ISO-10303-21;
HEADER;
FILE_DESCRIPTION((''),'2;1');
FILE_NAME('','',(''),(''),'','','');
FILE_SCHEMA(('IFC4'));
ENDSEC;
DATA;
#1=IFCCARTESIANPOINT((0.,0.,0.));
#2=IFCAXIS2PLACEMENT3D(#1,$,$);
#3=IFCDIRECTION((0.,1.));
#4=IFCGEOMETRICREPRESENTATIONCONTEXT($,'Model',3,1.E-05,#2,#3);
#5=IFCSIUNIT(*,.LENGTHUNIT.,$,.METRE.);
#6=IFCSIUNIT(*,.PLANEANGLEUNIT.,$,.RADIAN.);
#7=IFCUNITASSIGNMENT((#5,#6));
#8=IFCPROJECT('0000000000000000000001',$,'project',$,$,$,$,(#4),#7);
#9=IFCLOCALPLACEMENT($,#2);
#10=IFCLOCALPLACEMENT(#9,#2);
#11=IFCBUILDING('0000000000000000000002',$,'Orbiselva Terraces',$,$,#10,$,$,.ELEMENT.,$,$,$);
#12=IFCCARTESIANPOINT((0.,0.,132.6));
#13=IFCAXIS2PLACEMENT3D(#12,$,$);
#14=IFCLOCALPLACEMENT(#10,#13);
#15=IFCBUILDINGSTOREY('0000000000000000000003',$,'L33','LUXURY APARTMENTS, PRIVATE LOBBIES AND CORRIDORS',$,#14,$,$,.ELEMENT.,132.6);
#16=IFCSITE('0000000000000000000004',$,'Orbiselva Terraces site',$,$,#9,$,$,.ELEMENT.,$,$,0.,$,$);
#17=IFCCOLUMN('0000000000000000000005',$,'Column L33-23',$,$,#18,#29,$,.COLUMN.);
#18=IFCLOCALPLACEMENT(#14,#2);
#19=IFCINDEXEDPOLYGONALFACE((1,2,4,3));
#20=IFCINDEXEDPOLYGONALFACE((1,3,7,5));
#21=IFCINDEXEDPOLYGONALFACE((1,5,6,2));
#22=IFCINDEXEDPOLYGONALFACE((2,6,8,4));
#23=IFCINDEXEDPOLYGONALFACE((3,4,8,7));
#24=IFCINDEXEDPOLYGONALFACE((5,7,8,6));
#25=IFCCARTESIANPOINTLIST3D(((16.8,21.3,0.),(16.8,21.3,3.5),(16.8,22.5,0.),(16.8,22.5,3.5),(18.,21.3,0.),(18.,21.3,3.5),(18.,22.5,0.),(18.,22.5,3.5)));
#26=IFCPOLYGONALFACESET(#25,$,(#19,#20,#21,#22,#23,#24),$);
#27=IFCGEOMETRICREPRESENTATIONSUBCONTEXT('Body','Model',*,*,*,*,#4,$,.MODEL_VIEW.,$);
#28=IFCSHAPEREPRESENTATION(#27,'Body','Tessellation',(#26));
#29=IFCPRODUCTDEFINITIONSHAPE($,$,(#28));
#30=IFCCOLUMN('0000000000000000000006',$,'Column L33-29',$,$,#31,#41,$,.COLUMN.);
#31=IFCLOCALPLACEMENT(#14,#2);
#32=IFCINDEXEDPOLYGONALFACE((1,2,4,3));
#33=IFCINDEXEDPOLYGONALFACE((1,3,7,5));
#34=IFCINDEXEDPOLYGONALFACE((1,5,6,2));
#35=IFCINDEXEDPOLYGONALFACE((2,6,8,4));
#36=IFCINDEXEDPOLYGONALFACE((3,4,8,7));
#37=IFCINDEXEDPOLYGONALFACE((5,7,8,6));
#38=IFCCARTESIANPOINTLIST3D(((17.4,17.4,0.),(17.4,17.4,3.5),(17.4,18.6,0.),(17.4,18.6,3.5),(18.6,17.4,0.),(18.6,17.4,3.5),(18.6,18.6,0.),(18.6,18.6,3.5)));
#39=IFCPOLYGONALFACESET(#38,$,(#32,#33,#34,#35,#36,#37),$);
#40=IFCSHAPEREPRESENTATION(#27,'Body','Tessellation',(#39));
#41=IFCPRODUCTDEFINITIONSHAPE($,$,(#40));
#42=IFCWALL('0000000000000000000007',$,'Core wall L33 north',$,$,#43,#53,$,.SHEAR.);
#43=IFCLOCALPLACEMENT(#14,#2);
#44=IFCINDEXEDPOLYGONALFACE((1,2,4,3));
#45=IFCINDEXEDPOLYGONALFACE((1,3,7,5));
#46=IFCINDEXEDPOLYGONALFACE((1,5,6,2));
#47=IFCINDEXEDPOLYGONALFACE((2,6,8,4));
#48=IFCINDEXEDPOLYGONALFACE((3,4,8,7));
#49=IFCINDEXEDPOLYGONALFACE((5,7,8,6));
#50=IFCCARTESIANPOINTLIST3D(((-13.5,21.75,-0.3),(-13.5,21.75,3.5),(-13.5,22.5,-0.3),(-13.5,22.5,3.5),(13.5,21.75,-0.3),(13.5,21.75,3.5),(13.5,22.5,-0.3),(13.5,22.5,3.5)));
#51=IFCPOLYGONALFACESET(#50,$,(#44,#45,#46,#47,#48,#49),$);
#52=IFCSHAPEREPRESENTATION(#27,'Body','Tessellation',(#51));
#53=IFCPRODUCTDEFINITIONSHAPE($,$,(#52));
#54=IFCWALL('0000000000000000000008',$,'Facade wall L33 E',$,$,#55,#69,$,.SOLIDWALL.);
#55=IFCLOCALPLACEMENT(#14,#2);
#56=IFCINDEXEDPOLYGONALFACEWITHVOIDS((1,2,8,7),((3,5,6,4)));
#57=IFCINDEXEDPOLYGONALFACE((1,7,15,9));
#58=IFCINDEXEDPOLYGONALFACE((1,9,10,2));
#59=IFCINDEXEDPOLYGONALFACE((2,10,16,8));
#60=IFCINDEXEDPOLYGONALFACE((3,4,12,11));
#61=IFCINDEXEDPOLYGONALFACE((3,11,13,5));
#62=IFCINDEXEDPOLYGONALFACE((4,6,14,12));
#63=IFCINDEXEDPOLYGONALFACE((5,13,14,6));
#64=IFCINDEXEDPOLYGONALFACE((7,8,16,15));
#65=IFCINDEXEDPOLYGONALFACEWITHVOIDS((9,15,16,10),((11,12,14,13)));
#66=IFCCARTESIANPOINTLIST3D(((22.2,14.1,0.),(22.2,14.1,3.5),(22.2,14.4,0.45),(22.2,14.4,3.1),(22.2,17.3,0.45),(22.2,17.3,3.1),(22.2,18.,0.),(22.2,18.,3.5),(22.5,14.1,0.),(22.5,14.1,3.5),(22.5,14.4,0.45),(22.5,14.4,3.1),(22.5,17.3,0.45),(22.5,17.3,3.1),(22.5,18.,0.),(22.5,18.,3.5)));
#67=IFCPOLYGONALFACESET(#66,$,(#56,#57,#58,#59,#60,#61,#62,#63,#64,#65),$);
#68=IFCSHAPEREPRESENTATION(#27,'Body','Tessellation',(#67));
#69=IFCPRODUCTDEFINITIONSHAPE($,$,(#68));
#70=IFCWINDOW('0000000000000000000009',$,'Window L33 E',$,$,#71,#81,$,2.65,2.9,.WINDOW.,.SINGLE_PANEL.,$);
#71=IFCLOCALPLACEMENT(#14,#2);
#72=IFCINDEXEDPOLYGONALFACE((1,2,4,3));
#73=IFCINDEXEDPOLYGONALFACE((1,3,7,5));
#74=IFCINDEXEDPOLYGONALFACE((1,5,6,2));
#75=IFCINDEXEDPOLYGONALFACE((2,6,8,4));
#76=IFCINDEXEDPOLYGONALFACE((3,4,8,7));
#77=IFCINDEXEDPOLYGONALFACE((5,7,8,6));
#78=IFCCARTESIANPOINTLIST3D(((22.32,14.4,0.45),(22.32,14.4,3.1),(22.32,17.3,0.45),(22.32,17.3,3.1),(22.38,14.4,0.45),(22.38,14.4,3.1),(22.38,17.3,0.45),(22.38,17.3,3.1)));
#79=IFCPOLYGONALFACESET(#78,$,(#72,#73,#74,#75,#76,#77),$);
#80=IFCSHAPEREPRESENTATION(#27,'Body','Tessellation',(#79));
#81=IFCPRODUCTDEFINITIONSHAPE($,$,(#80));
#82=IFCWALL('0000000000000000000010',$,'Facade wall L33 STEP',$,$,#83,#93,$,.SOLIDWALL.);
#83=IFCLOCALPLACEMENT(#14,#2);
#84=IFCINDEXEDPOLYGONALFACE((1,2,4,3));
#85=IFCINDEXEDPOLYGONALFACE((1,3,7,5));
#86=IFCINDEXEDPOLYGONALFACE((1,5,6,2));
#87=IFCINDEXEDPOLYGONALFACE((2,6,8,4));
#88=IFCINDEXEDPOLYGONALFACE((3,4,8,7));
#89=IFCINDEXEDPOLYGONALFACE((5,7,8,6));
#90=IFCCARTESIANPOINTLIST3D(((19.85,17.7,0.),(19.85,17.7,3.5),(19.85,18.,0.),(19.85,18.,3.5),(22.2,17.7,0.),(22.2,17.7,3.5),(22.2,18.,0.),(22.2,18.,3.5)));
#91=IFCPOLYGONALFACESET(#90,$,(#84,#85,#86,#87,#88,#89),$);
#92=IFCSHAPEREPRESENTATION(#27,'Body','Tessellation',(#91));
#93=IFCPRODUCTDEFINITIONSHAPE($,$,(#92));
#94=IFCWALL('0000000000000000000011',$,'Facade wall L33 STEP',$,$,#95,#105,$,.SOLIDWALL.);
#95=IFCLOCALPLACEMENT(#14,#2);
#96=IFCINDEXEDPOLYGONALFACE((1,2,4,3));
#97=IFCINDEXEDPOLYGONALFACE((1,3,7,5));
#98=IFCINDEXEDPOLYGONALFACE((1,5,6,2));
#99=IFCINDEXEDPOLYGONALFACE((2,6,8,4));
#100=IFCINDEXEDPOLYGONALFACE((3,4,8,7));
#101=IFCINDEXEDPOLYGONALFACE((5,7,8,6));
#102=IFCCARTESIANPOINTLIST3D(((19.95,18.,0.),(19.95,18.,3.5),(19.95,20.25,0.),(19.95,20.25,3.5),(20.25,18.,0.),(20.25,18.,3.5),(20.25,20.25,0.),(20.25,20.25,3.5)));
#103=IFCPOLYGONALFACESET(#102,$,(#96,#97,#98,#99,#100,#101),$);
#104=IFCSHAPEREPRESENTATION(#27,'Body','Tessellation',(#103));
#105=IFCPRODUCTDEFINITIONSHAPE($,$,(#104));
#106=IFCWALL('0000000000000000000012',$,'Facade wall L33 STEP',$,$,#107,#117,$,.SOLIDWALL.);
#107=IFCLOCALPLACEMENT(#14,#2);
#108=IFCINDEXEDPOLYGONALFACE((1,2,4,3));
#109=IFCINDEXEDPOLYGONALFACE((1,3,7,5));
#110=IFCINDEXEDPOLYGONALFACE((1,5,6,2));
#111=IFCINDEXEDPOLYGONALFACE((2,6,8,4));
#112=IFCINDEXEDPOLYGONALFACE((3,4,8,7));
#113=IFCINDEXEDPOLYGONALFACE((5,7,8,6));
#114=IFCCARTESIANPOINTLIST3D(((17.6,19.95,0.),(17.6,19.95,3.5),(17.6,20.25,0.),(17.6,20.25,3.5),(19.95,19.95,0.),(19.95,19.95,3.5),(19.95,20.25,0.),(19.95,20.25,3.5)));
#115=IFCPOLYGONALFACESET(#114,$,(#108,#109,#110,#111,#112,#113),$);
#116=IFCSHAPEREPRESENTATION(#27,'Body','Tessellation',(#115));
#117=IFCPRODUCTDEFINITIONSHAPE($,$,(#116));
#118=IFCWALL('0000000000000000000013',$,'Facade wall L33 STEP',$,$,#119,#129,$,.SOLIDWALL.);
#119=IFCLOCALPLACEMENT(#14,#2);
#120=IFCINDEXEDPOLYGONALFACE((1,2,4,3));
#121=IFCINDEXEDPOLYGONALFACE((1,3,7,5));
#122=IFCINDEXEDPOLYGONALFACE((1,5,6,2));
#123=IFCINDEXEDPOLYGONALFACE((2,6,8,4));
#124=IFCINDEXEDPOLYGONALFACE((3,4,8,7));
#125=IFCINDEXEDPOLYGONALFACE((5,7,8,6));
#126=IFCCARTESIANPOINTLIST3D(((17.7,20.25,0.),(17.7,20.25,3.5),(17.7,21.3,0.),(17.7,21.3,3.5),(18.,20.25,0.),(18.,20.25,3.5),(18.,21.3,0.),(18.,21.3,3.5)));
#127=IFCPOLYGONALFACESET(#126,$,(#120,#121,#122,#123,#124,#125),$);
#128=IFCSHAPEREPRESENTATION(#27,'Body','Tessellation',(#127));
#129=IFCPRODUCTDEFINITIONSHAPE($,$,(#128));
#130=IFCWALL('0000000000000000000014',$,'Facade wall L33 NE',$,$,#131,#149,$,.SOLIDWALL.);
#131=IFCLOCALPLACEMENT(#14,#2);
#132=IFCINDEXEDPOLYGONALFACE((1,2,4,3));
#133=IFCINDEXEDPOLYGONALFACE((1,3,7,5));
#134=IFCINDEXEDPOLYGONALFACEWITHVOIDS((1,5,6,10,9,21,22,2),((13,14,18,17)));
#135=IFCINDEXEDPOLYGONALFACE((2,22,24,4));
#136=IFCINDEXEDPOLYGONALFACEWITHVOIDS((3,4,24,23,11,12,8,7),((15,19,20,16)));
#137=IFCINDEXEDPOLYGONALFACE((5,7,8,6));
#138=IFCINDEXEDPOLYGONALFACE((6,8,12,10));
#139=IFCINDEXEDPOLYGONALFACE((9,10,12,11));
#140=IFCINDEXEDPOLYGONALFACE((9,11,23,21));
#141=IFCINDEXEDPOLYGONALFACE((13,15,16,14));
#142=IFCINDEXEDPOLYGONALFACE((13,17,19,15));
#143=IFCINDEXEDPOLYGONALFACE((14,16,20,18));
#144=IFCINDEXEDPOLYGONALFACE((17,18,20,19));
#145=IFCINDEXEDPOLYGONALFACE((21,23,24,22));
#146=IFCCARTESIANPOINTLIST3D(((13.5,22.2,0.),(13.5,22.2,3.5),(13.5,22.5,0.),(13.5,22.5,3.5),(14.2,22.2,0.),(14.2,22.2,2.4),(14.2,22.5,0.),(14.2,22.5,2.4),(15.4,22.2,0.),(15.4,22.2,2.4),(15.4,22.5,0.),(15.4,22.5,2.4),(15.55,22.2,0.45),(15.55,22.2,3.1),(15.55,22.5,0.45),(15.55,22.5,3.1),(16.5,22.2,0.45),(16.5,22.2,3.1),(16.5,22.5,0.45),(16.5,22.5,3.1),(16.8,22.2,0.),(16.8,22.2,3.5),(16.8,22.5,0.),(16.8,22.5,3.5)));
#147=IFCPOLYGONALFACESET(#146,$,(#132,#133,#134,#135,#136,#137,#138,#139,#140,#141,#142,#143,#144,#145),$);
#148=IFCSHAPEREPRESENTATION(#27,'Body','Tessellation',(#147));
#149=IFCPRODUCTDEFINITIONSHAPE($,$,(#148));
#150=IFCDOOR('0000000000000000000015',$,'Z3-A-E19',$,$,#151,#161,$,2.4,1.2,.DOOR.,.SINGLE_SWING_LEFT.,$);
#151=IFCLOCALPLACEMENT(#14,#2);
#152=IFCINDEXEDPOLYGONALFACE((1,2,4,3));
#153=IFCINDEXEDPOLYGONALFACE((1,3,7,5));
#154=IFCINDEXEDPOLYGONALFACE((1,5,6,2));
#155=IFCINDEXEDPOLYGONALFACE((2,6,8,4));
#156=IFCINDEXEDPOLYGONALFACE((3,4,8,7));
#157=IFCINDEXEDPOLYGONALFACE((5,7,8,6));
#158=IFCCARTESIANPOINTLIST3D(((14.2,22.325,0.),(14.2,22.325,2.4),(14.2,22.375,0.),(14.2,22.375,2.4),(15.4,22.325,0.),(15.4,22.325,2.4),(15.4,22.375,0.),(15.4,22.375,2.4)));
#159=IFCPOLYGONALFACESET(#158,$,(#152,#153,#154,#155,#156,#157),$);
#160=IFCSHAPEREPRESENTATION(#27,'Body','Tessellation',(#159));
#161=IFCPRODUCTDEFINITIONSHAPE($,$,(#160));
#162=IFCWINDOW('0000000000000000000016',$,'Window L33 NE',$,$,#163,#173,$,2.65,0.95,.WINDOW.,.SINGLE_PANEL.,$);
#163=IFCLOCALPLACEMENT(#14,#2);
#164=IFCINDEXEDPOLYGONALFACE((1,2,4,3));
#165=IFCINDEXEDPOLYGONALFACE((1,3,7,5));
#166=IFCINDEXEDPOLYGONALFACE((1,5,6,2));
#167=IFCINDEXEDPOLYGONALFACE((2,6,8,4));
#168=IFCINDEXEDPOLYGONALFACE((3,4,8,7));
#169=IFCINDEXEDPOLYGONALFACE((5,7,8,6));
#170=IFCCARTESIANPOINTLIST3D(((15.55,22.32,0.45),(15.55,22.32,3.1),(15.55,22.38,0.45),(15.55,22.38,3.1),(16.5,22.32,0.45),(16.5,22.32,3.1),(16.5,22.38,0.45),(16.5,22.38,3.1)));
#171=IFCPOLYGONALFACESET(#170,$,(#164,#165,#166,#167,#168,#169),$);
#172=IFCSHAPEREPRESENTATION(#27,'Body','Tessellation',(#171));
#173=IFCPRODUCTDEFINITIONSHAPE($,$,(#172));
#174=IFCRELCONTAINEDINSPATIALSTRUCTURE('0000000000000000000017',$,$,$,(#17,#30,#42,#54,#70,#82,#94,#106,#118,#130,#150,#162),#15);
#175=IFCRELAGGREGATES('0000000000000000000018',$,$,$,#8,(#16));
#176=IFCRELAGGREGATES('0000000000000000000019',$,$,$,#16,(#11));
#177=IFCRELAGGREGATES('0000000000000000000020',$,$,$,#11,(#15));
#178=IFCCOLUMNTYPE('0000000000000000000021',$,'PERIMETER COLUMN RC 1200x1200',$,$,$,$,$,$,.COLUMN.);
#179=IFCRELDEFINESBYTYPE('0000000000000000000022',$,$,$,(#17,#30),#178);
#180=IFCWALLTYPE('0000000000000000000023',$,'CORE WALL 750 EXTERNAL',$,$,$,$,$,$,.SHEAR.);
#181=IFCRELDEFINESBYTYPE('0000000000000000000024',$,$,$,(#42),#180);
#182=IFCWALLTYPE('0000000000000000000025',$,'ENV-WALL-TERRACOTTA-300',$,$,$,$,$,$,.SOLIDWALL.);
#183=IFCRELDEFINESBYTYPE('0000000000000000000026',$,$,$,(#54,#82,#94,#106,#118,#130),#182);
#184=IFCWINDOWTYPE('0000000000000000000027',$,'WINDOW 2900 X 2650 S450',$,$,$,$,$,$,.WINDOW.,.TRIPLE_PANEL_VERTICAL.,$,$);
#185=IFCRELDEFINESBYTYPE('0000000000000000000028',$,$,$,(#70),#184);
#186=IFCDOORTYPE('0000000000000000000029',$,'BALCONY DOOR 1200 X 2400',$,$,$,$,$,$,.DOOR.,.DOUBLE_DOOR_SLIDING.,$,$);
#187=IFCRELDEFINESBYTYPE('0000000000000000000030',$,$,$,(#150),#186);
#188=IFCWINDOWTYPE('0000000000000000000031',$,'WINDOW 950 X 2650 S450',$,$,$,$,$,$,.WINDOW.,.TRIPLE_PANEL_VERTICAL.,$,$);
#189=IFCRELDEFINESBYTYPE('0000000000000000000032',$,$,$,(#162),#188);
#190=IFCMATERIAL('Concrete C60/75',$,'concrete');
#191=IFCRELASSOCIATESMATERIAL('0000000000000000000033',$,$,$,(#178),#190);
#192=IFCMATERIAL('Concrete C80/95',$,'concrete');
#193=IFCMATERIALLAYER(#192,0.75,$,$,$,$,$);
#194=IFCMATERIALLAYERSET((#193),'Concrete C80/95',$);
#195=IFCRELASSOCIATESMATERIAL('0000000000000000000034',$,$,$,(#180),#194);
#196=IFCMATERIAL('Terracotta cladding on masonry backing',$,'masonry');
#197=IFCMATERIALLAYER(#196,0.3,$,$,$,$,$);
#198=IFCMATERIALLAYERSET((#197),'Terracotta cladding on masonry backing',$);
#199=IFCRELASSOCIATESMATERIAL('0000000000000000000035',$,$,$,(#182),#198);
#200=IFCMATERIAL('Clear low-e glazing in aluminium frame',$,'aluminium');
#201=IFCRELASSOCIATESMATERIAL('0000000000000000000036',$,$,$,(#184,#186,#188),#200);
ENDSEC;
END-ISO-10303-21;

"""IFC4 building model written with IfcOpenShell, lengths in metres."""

from ifc_helpers import new_model, si_unit, direction, frame, frame_2d, origin, origin_2d, place, context, subcontext, project, spatial, rectangle, extrude, material, layer, layer_set, material_profile, profile_set, type_object, element, fill, save


model = new_model("IFC4")

# Units and contexts
model_context = context("Model", 3, precision=1e-05, world=origin(), true_north=direction((0.0, 1.0)))
body_context = subcontext(model_context, "Body", "Model", "MODEL_VIEW")
ifc_project = project(units=[si_unit("LENGTHUNIT", "METRE"), si_unit("PLANEANGLEUNIT", "RADIAN")], contexts=[model_context])

# Site, building, storey
site_placement = place(None, origin())
site = spatial("IfcSite", under=ifc_project, at=site_placement, Name="Orbiselva Terraces site", CompositionType="ELEMENT", RefElevation=0.0)
building_placement = place(site_placement, origin())
building = spatial("IfcBuilding", under=site, at=building_placement, Name="Orbiselva Terraces", CompositionType="ELEMENT")
storey_placement = place(building_placement, frame((0.0, 0.0, 132.6)))
storey = spatial("IfcBuildingStorey", under=building, at=storey_placement, Name="L33", Description="LUXURY APARTMENTS, PRIVATE LOBBIES AND CORRIDORS", CompositionType="ELEMENT", Elevation=132.6)

# Columns
ifc_material_1 = material(Name="Concrete C60/75", Category="concrete")
ifc_material_profile = material_profile(ifc_material_1, rectangle(XDim=1.2, YDim=1.2, at=origin_2d()), Name="RC 1200x1200")
ifc_profile_set = profile_set([ifc_material_profile], Name="Concrete C60/75")
column_type = type_object("IfcColumnType", Name="PERIMETER COLUMN RC 1200x1200", PredefinedType="COLUMN", material=ifc_profile_set)
for number, where, z_axis, x_axis, name in (
    (1, (17.4, 21.9, 0.0), (0.0, 0.0, 1.0), (1.0, 0.0, 0.0), "Column L33-23"),
    (2, (18.0, 18.0, 0.0), (0.0, 0.0, 1.0), (1.0, 0.0, 0.0), "Column L33-29"),
):
    element("IfcColumn", number, at=place(storey_placement, frame(where, z_axis=z_axis, x_axis=x_axis)), inside=storey, type_object=column_type, Name=name, PredefinedType="COLUMN", context=body_context, shape_type="SweptSolid", body=[
        extrude(rectangle(XDim=1.2, YDim=1.2, at=origin_2d()), origin(), (0.0, 0.0, 1.0), 3.5),
    ])

# Wall
ifc_material_2 = material(Name="Concrete C80/95", Category="concrete")
ifc_layer_1 = layer(ifc_material_2, 0.75)
ifc_layer_set_1 = layer_set([ifc_layer_1], Name="Concrete C80/95")
wall_type_1 = type_object("IfcWallType", Name="CORE WALL 750 EXTERNAL", PredefinedType="SHEAR", material=ifc_layer_set_1)
wall_1_placement = place(storey_placement, frame((13.5, 22.125, -0.3), z_axis=(0.0, 0.0, 1.0), x_axis=(-1.0, 0.0, 0.0)))
element("IfcWall", 3, at=wall_1_placement, inside=storey, type_object=wall_type_1, Name="Core wall L33 north", PredefinedType="SHEAR", context=body_context, shape_type="SweptSolid", body=[
    extrude(rectangle(XDim=27.0, YDim=0.75, at=frame_2d((13.5, 0.0))), origin(), (0.0, 0.0, 1.0), 3.8),
])

# Wall, opening, window
ifc_material_3 = material(Name="Terracotta cladding on masonry backing", Category="masonry")
ifc_layer_2 = layer(ifc_material_3, 0.3)
ifc_layer_set_2 = layer_set([ifc_layer_2], Name="Terracotta cladding on masonry backing")
wall_type_2 = type_object("IfcWallType", Name="ENV-WALL-TERRACOTTA-300", PredefinedType="SOLIDWALL", material=ifc_layer_set_2)
wall_2_placement = place(storey_placement, frame((22.35, 18.0, 0.0), z_axis=(0.0, 0.0, 1.0), x_axis=(0.0, -1.0, 0.0)))
wall_2 = element("IfcWall", 4, at=wall_2_placement, inside=storey, type_object=wall_type_2, Name="Facade wall L33 E", PredefinedType="SOLIDWALL", context=body_context, shape_type="SweptSolid", body=[
    extrude(rectangle(XDim=3.9, YDim=0.3, at=frame_2d((1.95, 0.0))), origin(), (0.0, 0.0, 1.0), 3.5),
])
opening_1_placement = place(wall_2_placement, frame((0.7, 0.0, 0.45)))
opening_1 = element("IfcOpeningElement", 5, at=opening_1_placement, cuts=wall_2, PredefinedType="OPENING", context=body_context, shape_type="SweptSolid", body=[
    extrude(rectangle(XDim=2.9, YDim=2.65, at=frame_2d((1.45, 1.325))), frame((0.0, 0.16, 0.0), z_axis=(0.0, -1.0, 0.0), x_axis=(1.0, 0.0, 0.0)), (0.0, 0.0, 1.0), 0.32),
])
ifc_material_4 = material(Name="Clear low-e glazing in aluminium frame", Category="aluminium")
window_type_1 = type_object("IfcWindowType", Name="WINDOW 2900 X 2650 S450", PartitioningType="TRIPLE_PANEL_VERTICAL", PredefinedType="WINDOW", material=ifc_material_4)
window_1_placement = place(opening_1_placement, origin())
window_1 = element("IfcWindow", 6, at=window_1_placement, inside=storey, type_object=window_type_1, Name="Window L33 E", OverallHeight=2.65, OverallWidth=2.9, PartitioningType="SINGLE_PANEL", PredefinedType="WINDOW", context=body_context, shape_type="SweptSolid", body=[
    extrude(rectangle(XDim=2.9, YDim=2.65, at=frame_2d((1.45, 1.325))), frame((0.0, 0.03, 0.0), z_axis=(0.0, -1.0, 0.0), x_axis=(1.0, 0.0, 0.0)), (0.0, 0.0, 1.0), 0.06),
])
fill(opening_1, window_1)

# Walls
wall_3_placement = place(storey_placement, frame((19.85, 17.85, 0.0), z_axis=(0.0, 0.0, 1.0), x_axis=(1.0, 0.0, 0.0)))
element("IfcWall", 7, at=wall_3_placement, inside=storey, type_object=wall_type_2, Name="Facade wall L33 STEP", PredefinedType="SOLIDWALL", context=body_context, shape_type="SweptSolid", body=[
    extrude(rectangle(XDim=2.35, YDim=0.3, at=frame_2d((1.175, 0.0))), origin(), (0.0, 0.0, 1.0), 3.5),
])
wall_4_placement = place(storey_placement, frame((20.1, 20.25, 0.0), z_axis=(0.0, 0.0, 1.0), x_axis=(0.0, -1.0, 0.0)))
element("IfcWall", 8, at=wall_4_placement, inside=storey, type_object=wall_type_2, Name="Facade wall L33 STEP", PredefinedType="SOLIDWALL", context=body_context, shape_type="SweptSolid", body=[
    extrude(rectangle(XDim=2.25, YDim=0.3, at=frame_2d((1.125, 0.0))), origin(), (0.0, 0.0, 1.0), 3.5),
])
wall_5_placement = place(storey_placement, frame((17.6, 20.1, 0.0), z_axis=(0.0, 0.0, 1.0), x_axis=(1.0, 0.0, 0.0)))
element("IfcWall", 9, at=wall_5_placement, inside=storey, type_object=wall_type_2, Name="Facade wall L33 STEP", PredefinedType="SOLIDWALL", context=body_context, shape_type="SweptSolid", body=[
    extrude(rectangle(XDim=2.35, YDim=0.3, at=frame_2d((1.175, 0.0))), origin(), (0.0, 0.0, 1.0), 3.5),
])
wall_6_placement = place(storey_placement, frame((17.85, 21.3, 0.0), z_axis=(0.0, 0.0, 1.0), x_axis=(0.0, -1.0, 0.0)))
element("IfcWall", 10, at=wall_6_placement, inside=storey, type_object=wall_type_2, Name="Facade wall L33 STEP", PredefinedType="SOLIDWALL", context=body_context, shape_type="SweptSolid", body=[
    extrude(rectangle(XDim=1.05, YDim=0.3, at=frame_2d((0.525, 0.0))), origin(), (0.0, 0.0, 1.0), 3.5),
])

# Wall, openings, door, window
wall_7_placement = place(storey_placement, frame((13.5, 22.35, 0.0), z_axis=(0.0, 0.0, 1.0), x_axis=(1.0, 0.0, 0.0)))
wall_7 = element("IfcWall", 11, at=wall_7_placement, inside=storey, type_object=wall_type_2, Name="Facade wall L33 NE", PredefinedType="SOLIDWALL", context=body_context, shape_type="SweptSolid", body=[
    extrude(rectangle(XDim=3.3, YDim=0.3, at=frame_2d((1.65, 0.0))), origin(), (0.0, 0.0, 1.0), 3.5),
])
opening_2_placement = place(wall_7_placement, frame((2.05, 0.0, 0.45)))
opening_2 = element("IfcOpeningElement", 12, at=opening_2_placement, cuts=wall_7, PredefinedType="OPENING", context=body_context, shape_type="SweptSolid", body=[
    extrude(rectangle(XDim=0.95, YDim=2.65, at=frame_2d((0.475, 1.325))), frame((0.0, 0.16, 0.0), z_axis=(0.0, -1.0, 0.0), x_axis=(1.0, 0.0, 0.0)), (0.0, 0.0, 1.0), 0.32),
])
opening_3_placement = place(wall_7_placement, frame((0.7, 0.0, 0.0)))
opening_3 = element("IfcOpeningElement", 13, at=opening_3_placement, cuts=wall_7, PredefinedType="OPENING", context=body_context, shape_type="SweptSolid", body=[
    extrude(rectangle(XDim=1.2, YDim=2.4, at=frame_2d((0.6, 1.2))), frame((0.0, 0.16, 0.0), z_axis=(0.0, -1.0, 0.0), x_axis=(1.0, 0.0, 0.0)), (0.0, 0.0, 1.0), 0.32),
])
door_type_1 = type_object("IfcDoorType", Name="BALCONY DOOR 1200 X 2400", OperationType="DOUBLE_DOOR_SLIDING", PredefinedType="DOOR", material=ifc_material_4)
door_1_placement = place(opening_3_placement, origin())
door_1 = element("IfcDoor", 14, at=door_1_placement, inside=storey, type_object=door_type_1, Name="Z3-A-E19", OperationType="SINGLE_SWING_LEFT", OverallHeight=2.4, OverallWidth=1.2, PredefinedType="DOOR", context=body_context, shape_type="SweptSolid", body=[
    extrude(rectangle(XDim=1.2, YDim=2.4, at=frame_2d((0.6, 1.2))), frame((0.0, 0.025, 0.0), z_axis=(0.0, -1.0, 0.0), x_axis=(1.0, 0.0, 0.0)), (0.0, 0.0, 1.0), 0.05),
])
fill(opening_3, door_1)
window_type_2 = type_object("IfcWindowType", Name="WINDOW 950 X 2650 S450", PartitioningType="TRIPLE_PANEL_VERTICAL", PredefinedType="WINDOW", material=ifc_material_4)
window_2_placement = place(opening_2_placement, origin())
window_2 = element("IfcWindow", 15, at=window_2_placement, inside=storey, type_object=window_type_2, Name="Window L33 NE", OverallHeight=2.65, OverallWidth=0.95, PartitioningType="SINGLE_PANEL", PredefinedType="WINDOW", context=body_context, shape_type="SweptSolid", body=[
    extrude(rectangle(XDim=0.95, YDim=2.65, at=frame_2d((0.475, 1.325))), frame((0.0, 0.03, 0.0), z_axis=(0.0, -1.0, 0.0), x_axis=(1.0, 0.0, 0.0)), (0.0, 0.0, 1.0), 0.06),
])
fill(opening_2, window_2)

save(model, "model.ifc")
